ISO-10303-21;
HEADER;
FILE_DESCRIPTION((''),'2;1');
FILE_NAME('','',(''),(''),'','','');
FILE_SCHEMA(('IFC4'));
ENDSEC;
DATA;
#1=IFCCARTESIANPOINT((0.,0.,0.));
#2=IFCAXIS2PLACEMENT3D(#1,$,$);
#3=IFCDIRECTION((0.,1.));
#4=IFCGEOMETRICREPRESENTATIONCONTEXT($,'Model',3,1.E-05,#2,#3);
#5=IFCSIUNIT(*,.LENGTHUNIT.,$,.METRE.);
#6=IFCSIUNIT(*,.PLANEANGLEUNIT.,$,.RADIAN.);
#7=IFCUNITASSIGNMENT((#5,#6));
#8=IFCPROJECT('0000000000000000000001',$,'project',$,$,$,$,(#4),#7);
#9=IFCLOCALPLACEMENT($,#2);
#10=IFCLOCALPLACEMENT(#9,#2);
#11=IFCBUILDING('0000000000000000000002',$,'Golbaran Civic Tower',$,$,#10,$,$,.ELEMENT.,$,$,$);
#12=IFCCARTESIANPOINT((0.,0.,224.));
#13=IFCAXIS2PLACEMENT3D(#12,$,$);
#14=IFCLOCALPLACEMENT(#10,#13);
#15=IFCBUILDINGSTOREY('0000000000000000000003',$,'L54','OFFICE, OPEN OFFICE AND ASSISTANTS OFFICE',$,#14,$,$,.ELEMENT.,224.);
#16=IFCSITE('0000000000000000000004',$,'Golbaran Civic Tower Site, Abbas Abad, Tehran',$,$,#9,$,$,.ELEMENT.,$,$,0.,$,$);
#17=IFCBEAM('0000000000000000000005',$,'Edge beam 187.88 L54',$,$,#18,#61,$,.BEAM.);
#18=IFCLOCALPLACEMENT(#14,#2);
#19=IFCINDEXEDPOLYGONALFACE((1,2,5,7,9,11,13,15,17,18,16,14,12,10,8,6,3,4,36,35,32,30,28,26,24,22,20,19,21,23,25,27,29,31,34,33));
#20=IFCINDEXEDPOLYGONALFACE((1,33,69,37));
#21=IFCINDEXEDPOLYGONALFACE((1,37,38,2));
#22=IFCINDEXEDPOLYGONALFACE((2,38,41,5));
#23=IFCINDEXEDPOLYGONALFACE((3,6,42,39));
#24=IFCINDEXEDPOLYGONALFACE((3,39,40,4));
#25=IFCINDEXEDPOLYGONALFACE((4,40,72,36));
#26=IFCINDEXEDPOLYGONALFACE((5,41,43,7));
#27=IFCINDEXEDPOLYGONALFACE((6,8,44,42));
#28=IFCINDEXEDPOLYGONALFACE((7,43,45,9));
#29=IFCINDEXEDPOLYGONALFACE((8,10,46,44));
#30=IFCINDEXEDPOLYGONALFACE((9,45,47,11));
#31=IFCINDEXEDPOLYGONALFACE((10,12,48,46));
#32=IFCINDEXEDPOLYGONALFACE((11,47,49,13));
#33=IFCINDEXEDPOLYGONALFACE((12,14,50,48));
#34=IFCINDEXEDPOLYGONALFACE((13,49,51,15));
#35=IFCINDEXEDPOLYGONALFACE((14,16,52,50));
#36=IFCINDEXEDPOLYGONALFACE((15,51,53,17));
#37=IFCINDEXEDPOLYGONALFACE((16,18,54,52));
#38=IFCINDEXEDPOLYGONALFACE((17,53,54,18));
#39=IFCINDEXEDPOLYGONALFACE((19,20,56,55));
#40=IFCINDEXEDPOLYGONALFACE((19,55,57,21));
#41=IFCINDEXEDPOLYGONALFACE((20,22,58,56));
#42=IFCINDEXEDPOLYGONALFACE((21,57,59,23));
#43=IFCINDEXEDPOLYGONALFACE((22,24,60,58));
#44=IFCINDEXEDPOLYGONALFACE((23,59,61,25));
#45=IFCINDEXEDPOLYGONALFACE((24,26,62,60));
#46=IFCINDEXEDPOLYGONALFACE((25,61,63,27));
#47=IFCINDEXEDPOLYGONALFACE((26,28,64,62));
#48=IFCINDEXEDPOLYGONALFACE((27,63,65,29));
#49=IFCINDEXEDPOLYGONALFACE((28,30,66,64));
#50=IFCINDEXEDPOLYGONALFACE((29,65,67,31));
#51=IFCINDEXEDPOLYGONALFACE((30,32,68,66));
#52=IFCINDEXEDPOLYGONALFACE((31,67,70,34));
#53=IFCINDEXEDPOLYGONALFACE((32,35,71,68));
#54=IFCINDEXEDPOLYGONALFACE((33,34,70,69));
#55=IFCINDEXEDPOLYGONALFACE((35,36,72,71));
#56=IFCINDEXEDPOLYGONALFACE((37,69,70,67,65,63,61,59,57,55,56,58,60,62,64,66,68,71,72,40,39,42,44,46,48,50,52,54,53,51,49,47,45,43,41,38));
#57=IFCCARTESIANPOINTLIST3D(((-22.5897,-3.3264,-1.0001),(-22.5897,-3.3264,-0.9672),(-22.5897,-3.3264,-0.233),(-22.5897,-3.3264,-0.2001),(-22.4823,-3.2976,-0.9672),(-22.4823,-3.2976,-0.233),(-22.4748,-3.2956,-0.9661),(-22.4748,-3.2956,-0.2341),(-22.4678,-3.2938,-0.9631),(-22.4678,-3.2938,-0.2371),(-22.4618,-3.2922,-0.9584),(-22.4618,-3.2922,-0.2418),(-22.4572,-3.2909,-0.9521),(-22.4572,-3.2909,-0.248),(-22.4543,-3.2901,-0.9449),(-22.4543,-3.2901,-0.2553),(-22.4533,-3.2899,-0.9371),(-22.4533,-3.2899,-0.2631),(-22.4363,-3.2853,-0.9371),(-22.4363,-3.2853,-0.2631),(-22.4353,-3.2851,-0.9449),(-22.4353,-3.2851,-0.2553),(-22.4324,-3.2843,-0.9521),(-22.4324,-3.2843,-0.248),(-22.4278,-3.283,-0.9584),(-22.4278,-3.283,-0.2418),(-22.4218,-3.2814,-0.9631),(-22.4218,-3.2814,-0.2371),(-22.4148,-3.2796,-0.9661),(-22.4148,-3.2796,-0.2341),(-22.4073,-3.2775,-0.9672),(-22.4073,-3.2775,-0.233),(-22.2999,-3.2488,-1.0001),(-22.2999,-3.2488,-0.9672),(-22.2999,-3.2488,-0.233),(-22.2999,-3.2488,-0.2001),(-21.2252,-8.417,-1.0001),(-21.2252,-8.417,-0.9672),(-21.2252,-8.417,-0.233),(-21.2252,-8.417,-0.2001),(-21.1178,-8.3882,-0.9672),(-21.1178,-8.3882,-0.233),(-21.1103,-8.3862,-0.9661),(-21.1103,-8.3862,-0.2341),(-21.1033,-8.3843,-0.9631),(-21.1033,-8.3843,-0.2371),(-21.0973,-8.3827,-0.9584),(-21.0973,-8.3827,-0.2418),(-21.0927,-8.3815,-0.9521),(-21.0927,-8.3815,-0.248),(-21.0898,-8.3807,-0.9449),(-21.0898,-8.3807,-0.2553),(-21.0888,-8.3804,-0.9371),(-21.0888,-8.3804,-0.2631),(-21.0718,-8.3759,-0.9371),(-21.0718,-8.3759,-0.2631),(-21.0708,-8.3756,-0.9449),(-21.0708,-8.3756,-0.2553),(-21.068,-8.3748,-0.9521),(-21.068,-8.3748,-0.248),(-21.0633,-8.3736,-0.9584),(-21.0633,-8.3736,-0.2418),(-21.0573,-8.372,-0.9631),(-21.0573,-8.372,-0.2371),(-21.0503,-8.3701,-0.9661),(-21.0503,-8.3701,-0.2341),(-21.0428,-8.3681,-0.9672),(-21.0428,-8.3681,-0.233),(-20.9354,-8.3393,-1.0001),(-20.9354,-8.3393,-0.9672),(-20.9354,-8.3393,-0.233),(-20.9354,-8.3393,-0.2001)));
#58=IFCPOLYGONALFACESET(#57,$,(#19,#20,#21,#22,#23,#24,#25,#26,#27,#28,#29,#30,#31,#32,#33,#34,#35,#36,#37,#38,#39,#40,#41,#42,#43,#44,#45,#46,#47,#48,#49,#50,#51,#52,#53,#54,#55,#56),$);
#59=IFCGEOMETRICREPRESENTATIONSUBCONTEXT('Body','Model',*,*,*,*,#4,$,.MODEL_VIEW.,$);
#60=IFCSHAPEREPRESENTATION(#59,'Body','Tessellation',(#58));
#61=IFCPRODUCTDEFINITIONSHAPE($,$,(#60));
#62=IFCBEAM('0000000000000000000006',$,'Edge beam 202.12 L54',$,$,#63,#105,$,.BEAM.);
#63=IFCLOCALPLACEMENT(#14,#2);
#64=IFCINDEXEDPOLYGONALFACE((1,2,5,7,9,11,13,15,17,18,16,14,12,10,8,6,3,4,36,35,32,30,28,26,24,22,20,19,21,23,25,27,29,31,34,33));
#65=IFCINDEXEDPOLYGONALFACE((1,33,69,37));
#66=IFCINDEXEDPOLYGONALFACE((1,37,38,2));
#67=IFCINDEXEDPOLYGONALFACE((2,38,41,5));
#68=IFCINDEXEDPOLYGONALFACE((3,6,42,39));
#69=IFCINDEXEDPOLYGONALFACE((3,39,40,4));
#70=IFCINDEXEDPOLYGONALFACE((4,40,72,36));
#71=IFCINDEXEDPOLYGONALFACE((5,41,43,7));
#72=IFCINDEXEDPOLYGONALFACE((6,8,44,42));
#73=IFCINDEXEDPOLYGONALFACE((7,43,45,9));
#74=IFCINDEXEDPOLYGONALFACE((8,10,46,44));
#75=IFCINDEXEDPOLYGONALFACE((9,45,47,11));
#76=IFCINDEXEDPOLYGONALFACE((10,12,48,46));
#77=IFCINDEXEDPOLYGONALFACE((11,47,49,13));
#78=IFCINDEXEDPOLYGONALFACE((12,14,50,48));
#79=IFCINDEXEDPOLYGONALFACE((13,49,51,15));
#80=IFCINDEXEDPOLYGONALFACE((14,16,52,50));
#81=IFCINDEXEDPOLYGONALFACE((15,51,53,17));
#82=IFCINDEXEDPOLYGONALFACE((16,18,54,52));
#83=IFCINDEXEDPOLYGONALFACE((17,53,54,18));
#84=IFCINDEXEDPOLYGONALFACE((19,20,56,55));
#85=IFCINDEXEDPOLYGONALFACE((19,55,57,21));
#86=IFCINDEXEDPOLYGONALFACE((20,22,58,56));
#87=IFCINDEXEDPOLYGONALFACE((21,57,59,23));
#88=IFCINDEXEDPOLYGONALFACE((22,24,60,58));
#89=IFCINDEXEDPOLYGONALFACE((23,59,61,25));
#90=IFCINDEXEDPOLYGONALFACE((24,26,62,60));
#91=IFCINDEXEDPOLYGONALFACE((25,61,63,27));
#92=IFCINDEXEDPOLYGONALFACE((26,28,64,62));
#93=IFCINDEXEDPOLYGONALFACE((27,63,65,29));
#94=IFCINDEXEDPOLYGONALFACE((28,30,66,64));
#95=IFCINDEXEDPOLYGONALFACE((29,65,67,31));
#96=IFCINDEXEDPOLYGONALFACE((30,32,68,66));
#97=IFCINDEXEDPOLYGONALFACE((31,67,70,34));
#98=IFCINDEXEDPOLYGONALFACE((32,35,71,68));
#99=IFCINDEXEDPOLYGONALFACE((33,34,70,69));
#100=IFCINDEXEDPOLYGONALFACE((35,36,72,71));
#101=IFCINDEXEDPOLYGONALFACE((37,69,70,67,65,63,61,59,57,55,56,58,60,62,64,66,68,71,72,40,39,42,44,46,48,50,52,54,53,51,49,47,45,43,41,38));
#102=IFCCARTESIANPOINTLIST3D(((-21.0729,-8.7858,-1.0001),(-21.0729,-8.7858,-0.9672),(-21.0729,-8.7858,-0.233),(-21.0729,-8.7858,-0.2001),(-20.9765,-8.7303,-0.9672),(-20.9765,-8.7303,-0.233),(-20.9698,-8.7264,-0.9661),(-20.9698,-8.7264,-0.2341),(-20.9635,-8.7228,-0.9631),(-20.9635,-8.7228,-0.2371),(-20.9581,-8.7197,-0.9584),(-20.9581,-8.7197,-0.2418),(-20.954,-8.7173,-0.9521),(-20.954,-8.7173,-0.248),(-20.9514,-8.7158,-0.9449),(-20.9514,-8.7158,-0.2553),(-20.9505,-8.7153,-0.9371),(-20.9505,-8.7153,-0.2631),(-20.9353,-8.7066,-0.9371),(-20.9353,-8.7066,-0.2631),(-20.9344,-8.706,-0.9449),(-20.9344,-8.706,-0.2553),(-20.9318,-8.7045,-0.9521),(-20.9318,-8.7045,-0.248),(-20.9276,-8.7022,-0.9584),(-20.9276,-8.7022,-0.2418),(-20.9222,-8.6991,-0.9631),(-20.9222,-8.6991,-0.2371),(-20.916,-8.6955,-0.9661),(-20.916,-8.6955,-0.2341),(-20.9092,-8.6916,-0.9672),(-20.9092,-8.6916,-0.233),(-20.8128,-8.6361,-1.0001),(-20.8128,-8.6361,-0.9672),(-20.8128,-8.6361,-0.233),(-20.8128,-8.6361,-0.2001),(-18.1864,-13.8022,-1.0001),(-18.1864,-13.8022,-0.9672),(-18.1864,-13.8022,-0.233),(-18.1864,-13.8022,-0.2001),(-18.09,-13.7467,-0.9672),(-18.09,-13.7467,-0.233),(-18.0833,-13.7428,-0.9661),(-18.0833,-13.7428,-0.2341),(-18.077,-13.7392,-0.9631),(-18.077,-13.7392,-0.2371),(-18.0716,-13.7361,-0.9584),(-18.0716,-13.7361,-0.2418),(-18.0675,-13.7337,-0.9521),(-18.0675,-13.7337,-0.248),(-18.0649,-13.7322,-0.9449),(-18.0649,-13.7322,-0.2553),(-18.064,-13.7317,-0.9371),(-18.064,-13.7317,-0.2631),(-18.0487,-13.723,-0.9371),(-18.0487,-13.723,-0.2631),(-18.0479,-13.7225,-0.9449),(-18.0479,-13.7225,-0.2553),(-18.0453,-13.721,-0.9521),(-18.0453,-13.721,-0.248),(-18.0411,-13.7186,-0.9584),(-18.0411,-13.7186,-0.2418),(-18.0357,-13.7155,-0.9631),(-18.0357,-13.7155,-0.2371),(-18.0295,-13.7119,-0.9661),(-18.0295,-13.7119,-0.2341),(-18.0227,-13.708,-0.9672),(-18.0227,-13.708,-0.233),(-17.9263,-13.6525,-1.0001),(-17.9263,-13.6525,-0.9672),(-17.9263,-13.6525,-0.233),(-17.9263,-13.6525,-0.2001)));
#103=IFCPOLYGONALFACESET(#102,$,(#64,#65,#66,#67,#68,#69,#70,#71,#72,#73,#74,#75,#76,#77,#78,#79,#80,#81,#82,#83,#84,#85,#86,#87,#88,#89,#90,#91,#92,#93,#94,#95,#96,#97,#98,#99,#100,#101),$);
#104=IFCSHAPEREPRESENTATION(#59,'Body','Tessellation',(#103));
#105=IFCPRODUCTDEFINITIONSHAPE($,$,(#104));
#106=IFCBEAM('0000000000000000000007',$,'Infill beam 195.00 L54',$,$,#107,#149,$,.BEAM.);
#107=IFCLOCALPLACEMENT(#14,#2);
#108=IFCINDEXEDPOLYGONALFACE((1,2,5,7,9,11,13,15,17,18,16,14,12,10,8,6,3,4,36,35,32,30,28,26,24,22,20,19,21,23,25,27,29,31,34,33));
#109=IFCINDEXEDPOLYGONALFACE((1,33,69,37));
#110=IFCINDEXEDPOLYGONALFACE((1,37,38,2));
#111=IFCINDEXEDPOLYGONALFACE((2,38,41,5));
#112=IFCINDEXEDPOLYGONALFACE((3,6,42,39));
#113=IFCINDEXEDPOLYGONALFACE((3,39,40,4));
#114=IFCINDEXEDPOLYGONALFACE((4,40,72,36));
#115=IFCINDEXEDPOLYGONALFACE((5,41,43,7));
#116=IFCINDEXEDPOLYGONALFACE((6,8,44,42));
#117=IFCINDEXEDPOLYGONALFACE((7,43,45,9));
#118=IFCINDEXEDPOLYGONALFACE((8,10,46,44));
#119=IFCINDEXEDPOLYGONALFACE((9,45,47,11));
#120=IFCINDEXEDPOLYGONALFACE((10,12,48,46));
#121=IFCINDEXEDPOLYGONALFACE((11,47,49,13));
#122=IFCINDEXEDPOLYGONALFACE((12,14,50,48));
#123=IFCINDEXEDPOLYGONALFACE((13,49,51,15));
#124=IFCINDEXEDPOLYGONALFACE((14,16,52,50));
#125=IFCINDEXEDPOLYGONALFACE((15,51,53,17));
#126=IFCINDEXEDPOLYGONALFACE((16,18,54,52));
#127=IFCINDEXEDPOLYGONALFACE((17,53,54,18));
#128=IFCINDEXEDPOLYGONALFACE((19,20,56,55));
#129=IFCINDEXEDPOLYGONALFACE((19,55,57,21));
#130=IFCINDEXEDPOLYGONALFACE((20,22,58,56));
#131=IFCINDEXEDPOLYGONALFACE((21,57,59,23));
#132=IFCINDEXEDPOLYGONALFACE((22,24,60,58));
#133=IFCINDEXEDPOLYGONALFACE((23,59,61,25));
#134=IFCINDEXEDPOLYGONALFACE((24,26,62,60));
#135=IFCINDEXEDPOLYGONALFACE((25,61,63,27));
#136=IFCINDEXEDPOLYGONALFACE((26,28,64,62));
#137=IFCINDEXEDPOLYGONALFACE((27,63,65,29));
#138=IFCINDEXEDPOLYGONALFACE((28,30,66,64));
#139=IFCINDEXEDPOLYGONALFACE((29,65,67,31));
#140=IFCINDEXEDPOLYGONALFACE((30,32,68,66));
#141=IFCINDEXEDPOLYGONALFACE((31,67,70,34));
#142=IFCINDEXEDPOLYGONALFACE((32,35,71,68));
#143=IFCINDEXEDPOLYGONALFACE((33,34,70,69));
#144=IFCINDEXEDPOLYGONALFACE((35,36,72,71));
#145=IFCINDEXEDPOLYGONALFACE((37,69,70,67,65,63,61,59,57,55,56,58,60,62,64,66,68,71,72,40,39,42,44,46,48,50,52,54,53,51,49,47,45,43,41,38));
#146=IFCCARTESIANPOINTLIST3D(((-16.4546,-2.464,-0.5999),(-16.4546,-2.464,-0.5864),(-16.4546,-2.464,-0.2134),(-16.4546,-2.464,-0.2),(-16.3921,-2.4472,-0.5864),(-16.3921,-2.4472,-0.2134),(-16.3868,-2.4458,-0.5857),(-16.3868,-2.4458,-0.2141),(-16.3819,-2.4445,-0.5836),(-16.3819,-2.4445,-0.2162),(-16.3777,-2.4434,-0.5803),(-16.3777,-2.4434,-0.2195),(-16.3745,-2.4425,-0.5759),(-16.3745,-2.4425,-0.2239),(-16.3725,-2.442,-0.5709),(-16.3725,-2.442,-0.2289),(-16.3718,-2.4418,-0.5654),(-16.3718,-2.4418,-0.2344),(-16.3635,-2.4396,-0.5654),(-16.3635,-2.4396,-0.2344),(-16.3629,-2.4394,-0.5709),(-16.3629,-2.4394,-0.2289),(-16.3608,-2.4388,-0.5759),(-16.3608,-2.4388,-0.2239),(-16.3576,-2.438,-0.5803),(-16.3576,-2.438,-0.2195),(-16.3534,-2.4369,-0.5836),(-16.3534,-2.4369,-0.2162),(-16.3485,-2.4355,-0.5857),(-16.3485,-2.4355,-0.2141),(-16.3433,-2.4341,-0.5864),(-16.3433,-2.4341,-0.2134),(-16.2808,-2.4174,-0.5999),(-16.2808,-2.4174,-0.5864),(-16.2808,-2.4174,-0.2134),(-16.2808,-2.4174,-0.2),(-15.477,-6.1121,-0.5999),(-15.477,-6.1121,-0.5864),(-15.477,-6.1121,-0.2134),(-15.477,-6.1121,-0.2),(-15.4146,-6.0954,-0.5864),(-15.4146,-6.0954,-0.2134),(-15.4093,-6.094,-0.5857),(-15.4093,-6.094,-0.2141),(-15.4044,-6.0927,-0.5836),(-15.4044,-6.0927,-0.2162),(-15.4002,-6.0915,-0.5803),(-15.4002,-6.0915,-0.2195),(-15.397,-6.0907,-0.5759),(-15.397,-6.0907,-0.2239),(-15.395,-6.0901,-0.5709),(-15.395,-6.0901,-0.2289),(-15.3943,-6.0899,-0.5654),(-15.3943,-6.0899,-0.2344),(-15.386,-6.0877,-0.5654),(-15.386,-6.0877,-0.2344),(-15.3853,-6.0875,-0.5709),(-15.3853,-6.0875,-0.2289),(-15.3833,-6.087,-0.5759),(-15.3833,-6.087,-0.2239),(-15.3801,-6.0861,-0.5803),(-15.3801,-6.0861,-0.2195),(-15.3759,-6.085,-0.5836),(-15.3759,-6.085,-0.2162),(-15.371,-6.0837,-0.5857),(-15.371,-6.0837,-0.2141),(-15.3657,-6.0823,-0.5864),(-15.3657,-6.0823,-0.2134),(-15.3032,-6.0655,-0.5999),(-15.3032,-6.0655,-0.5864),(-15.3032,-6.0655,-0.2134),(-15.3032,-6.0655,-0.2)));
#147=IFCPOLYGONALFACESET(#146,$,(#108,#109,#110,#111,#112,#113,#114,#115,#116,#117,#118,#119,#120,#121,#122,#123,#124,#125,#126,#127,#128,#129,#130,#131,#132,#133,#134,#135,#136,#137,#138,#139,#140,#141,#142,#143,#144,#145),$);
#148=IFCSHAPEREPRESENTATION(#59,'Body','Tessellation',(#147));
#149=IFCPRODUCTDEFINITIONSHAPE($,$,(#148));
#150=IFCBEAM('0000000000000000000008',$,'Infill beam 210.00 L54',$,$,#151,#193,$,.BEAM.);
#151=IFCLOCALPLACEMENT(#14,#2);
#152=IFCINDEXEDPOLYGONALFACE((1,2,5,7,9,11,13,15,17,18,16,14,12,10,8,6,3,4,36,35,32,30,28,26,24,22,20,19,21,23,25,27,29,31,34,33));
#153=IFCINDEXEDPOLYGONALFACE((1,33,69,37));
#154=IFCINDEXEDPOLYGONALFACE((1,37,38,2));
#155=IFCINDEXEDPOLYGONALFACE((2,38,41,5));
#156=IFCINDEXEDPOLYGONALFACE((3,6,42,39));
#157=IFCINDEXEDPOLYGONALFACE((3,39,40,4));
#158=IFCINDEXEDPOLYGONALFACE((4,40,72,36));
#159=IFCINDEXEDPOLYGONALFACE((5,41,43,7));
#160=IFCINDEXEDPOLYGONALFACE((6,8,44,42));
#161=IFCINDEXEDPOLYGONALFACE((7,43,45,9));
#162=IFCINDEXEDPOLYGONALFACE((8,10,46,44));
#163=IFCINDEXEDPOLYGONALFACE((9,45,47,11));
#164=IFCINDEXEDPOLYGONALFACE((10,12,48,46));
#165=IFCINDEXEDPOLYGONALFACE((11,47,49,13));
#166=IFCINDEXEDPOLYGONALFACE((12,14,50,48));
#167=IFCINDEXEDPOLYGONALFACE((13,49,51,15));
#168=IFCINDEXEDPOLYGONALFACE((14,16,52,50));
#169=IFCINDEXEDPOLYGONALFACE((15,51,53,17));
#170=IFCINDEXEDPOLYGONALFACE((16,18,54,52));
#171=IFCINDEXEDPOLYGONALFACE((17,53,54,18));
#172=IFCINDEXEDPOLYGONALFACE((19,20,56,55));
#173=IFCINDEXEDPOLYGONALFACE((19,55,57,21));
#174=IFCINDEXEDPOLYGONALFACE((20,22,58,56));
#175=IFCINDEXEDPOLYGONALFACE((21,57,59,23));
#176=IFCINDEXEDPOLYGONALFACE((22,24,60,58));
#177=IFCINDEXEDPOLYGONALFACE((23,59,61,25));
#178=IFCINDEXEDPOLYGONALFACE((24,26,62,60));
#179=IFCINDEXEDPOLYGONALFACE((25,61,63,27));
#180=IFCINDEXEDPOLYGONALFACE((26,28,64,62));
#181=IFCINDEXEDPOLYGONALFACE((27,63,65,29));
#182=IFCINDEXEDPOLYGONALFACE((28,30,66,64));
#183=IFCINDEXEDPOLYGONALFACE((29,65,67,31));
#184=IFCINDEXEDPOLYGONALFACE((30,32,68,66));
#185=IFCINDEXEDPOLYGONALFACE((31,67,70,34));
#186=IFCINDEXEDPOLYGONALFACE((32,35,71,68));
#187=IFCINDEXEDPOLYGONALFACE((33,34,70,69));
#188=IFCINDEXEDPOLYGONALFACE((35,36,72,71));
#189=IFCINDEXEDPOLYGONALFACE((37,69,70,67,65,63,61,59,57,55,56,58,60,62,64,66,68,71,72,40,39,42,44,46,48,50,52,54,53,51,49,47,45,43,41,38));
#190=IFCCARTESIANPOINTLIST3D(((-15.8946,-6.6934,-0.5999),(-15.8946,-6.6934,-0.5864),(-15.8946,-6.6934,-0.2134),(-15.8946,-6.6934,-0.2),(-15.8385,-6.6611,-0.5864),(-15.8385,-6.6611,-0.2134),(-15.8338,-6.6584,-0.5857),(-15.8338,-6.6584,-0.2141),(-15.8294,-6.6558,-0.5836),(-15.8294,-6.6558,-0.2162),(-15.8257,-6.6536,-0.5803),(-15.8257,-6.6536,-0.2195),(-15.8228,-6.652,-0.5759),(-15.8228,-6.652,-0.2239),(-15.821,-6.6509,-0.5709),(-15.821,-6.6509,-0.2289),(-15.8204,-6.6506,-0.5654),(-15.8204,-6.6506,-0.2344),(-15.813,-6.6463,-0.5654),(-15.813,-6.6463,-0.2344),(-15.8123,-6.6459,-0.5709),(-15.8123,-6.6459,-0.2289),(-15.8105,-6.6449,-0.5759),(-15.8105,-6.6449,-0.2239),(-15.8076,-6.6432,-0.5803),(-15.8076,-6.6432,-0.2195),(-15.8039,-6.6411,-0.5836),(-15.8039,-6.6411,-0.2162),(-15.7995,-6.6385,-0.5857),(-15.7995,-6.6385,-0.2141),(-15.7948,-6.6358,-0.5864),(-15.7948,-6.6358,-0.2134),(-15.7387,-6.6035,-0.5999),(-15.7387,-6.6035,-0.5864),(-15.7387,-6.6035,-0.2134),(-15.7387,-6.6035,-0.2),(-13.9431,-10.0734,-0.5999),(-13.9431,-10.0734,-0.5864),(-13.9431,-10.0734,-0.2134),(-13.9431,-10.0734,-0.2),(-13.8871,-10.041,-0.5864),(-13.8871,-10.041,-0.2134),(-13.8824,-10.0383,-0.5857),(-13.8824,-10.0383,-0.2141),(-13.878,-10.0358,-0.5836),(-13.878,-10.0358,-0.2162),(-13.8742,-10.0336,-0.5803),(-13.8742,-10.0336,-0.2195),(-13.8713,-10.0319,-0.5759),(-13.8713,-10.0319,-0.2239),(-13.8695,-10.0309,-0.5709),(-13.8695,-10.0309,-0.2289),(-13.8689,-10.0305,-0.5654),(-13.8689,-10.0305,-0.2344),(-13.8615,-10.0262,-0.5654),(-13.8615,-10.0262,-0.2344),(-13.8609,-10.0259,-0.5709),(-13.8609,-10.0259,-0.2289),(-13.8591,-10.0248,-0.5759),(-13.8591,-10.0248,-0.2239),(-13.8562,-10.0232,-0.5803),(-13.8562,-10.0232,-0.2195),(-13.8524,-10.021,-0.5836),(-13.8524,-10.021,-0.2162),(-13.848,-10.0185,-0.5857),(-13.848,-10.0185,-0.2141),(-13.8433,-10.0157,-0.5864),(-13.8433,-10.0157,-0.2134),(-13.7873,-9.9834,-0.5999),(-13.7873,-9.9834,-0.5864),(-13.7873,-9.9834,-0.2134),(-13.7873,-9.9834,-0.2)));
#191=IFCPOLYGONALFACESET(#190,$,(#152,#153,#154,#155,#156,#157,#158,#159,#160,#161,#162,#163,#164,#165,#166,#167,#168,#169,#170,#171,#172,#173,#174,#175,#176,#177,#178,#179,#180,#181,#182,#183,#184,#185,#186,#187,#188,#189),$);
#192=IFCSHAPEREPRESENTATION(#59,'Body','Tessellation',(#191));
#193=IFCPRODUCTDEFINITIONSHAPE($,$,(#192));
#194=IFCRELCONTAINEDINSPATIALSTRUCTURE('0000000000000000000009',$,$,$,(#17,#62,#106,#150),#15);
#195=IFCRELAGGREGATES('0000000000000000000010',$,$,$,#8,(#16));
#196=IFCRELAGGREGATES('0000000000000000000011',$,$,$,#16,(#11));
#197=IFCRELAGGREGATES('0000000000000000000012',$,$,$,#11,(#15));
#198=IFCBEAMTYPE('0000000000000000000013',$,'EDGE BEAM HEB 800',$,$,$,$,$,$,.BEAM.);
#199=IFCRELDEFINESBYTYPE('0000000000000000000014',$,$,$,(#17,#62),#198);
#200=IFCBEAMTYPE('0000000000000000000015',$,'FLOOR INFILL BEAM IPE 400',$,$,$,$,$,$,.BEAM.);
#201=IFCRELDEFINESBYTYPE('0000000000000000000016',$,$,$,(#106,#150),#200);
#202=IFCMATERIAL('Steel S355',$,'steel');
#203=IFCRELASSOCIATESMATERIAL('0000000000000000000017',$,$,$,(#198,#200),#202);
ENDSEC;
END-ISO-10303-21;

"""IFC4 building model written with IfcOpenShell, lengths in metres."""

from ifc_helpers import new_model, si_unit, direction, frame, origin, origin_2d, place, context, subcontext, project, spatial, i_section, extrude, material, material_profile, profile_set, type_object, element, save


model = new_model("IFC4")

# Units and contexts
model_context = context("Model", 3, precision=1e-05, world=origin(), true_north=direction((0.0, 1.0)))
body_context = subcontext(model_context, "Body", "Model", "MODEL_VIEW")
ifc_project = project(units=[si_unit("LENGTHUNIT", "METRE"), si_unit("PLANEANGLEUNIT", "RADIAN")], contexts=[model_context])

# Site, building, storey
site_placement = place(None, origin())
site = spatial("IfcSite", under=ifc_project, at=site_placement, Name="Golbaran Civic Tower Site, Abbas Abad, Tehran", CompositionType="ELEMENT", RefElevation=0.0)
building_placement = place(site_placement, origin())
building = spatial("IfcBuilding", under=site, at=building_placement, Name="Golbaran Civic Tower", CompositionType="ELEMENT")
storey_placement = place(building_placement, frame((0.0, 0.0, 224.0)))
storey = spatial("IfcBuildingStorey", under=building, at=storey_placement, Name="L54", Description="OFFICE, OPEN OFFICE AND ASSISTANTS OFFICE", CompositionType="ELEMENT", Elevation=224.0)

# Beams
ifc_material_1 = material(Name="Steel S355", Category="steel")
ifc_material_profile_1 = material_profile(ifc_material_1, i_section(OverallWidth=0.3, OverallDepth=0.8, WebThickness=0.0176, FlangeThickness=0.033, FilletRadius=0.03, at=origin_2d()), Name="HEB 800")
ifc_profile_set_1 = profile_set([ifc_material_profile_1], Name="Steel S355")
beam_type_1 = type_object("IfcBeamType", Name="EDGE BEAM HEB 800", PredefinedType="BEAM", material=ifc_profile_set_1)
beam_1_placement = place(storey_placement, frame((-22.4448, -3.2876, -0.6001), z_axis=(0.258905, -0.965903, 0.0), x_axis=(0.965903, 0.258905, 0.0)))
element("IfcBeam", 1, at=beam_1_placement, inside=storey, type_object=beam_type_1, Name="Edge beam 187.88 L54", PredefinedType="BEAM", context=body_context, shape_type="SweptSolid", body=[
    extrude(i_section(OverallWidth=0.3, OverallDepth=0.8, WebThickness=0.0176, FlangeThickness=0.033, FilletRadius=0.03, at=origin_2d()), origin(), (0.0, 0.0, 1.0), 5.2703),
])
beam_2_placement = place(storey_placement, frame((-20.9429, -8.7109, -0.6001), z_axis=(0.49874, -0.866752, 0.0), x_axis=(0.866752, 0.49874, 0.0)))
element("IfcBeam", 2, at=beam_2_placement, inside=storey, type_object=beam_type_1, Name="Edge beam 202.12 L54", PredefinedType="BEAM", context=body_context, shape_type="SweptSolid", body=[
    extrude(i_section(OverallWidth=0.3, OverallDepth=0.8, WebThickness=0.0176, FlangeThickness=0.033, FilletRadius=0.03, at=origin_2d()), origin(), (0.0, 0.0, 1.0), 5.7876),
])
ifc_material_profile_2 = material_profile(ifc_material_1, i_section(OverallWidth=0.1799, OverallDepth=0.3999, WebThickness=0.0085, FlangeThickness=0.0134, FilletRadius=0.021, at=origin_2d()), Name="IPE 400")
ifc_profile_set_2 = profile_set([ifc_material_profile_2], Name="Steel S355")
beam_type_2 = type_object("IfcBeamType", Name="FLOOR INFILL BEAM IPE 400", PredefinedType="BEAM", material=ifc_profile_set_2)
beam_3_placement = place(storey_placement, frame((-16.3677, -2.4407, -0.3999), z_axis=(0.258821, -0.965925, 0.0), x_axis=(0.965925, 0.258821, 0.0)))
element("IfcBeam", 3, at=beam_3_placement, inside=storey, type_object=beam_type_2, Name="Infill beam 195.00 L54", PredefinedType="BEAM", context=body_context, shape_type="SweptSolid", body=[
    extrude(i_section(OverallWidth=0.1799, OverallDepth=0.3999, WebThickness=0.0085, FlangeThickness=0.0134, FilletRadius=0.021, at=origin_2d()), origin(), (0.0, 0.0, 1.0), 3.7769),
])
beam_4_placement = place(storey_placement, frame((-15.8167, -6.6484, -0.3999), z_axis=(0.500008, -0.866021, 0.0), x_axis=(0.866021, 0.500008, 0.0)))
element("IfcBeam", 4, at=beam_4_placement, inside=storey, type_object=beam_type_2, Name="Infill beam 210.00 L54", PredefinedType="BEAM", context=body_context, shape_type="SweptSolid", body=[
    extrude(i_section(OverallWidth=0.1799, OverallDepth=0.3999, WebThickness=0.0085, FlangeThickness=0.0134, FilletRadius=0.021, at=origin_2d()), origin(), (0.0, 0.0, 1.0), 3.9028),
])

save(model, "model.ifc")
